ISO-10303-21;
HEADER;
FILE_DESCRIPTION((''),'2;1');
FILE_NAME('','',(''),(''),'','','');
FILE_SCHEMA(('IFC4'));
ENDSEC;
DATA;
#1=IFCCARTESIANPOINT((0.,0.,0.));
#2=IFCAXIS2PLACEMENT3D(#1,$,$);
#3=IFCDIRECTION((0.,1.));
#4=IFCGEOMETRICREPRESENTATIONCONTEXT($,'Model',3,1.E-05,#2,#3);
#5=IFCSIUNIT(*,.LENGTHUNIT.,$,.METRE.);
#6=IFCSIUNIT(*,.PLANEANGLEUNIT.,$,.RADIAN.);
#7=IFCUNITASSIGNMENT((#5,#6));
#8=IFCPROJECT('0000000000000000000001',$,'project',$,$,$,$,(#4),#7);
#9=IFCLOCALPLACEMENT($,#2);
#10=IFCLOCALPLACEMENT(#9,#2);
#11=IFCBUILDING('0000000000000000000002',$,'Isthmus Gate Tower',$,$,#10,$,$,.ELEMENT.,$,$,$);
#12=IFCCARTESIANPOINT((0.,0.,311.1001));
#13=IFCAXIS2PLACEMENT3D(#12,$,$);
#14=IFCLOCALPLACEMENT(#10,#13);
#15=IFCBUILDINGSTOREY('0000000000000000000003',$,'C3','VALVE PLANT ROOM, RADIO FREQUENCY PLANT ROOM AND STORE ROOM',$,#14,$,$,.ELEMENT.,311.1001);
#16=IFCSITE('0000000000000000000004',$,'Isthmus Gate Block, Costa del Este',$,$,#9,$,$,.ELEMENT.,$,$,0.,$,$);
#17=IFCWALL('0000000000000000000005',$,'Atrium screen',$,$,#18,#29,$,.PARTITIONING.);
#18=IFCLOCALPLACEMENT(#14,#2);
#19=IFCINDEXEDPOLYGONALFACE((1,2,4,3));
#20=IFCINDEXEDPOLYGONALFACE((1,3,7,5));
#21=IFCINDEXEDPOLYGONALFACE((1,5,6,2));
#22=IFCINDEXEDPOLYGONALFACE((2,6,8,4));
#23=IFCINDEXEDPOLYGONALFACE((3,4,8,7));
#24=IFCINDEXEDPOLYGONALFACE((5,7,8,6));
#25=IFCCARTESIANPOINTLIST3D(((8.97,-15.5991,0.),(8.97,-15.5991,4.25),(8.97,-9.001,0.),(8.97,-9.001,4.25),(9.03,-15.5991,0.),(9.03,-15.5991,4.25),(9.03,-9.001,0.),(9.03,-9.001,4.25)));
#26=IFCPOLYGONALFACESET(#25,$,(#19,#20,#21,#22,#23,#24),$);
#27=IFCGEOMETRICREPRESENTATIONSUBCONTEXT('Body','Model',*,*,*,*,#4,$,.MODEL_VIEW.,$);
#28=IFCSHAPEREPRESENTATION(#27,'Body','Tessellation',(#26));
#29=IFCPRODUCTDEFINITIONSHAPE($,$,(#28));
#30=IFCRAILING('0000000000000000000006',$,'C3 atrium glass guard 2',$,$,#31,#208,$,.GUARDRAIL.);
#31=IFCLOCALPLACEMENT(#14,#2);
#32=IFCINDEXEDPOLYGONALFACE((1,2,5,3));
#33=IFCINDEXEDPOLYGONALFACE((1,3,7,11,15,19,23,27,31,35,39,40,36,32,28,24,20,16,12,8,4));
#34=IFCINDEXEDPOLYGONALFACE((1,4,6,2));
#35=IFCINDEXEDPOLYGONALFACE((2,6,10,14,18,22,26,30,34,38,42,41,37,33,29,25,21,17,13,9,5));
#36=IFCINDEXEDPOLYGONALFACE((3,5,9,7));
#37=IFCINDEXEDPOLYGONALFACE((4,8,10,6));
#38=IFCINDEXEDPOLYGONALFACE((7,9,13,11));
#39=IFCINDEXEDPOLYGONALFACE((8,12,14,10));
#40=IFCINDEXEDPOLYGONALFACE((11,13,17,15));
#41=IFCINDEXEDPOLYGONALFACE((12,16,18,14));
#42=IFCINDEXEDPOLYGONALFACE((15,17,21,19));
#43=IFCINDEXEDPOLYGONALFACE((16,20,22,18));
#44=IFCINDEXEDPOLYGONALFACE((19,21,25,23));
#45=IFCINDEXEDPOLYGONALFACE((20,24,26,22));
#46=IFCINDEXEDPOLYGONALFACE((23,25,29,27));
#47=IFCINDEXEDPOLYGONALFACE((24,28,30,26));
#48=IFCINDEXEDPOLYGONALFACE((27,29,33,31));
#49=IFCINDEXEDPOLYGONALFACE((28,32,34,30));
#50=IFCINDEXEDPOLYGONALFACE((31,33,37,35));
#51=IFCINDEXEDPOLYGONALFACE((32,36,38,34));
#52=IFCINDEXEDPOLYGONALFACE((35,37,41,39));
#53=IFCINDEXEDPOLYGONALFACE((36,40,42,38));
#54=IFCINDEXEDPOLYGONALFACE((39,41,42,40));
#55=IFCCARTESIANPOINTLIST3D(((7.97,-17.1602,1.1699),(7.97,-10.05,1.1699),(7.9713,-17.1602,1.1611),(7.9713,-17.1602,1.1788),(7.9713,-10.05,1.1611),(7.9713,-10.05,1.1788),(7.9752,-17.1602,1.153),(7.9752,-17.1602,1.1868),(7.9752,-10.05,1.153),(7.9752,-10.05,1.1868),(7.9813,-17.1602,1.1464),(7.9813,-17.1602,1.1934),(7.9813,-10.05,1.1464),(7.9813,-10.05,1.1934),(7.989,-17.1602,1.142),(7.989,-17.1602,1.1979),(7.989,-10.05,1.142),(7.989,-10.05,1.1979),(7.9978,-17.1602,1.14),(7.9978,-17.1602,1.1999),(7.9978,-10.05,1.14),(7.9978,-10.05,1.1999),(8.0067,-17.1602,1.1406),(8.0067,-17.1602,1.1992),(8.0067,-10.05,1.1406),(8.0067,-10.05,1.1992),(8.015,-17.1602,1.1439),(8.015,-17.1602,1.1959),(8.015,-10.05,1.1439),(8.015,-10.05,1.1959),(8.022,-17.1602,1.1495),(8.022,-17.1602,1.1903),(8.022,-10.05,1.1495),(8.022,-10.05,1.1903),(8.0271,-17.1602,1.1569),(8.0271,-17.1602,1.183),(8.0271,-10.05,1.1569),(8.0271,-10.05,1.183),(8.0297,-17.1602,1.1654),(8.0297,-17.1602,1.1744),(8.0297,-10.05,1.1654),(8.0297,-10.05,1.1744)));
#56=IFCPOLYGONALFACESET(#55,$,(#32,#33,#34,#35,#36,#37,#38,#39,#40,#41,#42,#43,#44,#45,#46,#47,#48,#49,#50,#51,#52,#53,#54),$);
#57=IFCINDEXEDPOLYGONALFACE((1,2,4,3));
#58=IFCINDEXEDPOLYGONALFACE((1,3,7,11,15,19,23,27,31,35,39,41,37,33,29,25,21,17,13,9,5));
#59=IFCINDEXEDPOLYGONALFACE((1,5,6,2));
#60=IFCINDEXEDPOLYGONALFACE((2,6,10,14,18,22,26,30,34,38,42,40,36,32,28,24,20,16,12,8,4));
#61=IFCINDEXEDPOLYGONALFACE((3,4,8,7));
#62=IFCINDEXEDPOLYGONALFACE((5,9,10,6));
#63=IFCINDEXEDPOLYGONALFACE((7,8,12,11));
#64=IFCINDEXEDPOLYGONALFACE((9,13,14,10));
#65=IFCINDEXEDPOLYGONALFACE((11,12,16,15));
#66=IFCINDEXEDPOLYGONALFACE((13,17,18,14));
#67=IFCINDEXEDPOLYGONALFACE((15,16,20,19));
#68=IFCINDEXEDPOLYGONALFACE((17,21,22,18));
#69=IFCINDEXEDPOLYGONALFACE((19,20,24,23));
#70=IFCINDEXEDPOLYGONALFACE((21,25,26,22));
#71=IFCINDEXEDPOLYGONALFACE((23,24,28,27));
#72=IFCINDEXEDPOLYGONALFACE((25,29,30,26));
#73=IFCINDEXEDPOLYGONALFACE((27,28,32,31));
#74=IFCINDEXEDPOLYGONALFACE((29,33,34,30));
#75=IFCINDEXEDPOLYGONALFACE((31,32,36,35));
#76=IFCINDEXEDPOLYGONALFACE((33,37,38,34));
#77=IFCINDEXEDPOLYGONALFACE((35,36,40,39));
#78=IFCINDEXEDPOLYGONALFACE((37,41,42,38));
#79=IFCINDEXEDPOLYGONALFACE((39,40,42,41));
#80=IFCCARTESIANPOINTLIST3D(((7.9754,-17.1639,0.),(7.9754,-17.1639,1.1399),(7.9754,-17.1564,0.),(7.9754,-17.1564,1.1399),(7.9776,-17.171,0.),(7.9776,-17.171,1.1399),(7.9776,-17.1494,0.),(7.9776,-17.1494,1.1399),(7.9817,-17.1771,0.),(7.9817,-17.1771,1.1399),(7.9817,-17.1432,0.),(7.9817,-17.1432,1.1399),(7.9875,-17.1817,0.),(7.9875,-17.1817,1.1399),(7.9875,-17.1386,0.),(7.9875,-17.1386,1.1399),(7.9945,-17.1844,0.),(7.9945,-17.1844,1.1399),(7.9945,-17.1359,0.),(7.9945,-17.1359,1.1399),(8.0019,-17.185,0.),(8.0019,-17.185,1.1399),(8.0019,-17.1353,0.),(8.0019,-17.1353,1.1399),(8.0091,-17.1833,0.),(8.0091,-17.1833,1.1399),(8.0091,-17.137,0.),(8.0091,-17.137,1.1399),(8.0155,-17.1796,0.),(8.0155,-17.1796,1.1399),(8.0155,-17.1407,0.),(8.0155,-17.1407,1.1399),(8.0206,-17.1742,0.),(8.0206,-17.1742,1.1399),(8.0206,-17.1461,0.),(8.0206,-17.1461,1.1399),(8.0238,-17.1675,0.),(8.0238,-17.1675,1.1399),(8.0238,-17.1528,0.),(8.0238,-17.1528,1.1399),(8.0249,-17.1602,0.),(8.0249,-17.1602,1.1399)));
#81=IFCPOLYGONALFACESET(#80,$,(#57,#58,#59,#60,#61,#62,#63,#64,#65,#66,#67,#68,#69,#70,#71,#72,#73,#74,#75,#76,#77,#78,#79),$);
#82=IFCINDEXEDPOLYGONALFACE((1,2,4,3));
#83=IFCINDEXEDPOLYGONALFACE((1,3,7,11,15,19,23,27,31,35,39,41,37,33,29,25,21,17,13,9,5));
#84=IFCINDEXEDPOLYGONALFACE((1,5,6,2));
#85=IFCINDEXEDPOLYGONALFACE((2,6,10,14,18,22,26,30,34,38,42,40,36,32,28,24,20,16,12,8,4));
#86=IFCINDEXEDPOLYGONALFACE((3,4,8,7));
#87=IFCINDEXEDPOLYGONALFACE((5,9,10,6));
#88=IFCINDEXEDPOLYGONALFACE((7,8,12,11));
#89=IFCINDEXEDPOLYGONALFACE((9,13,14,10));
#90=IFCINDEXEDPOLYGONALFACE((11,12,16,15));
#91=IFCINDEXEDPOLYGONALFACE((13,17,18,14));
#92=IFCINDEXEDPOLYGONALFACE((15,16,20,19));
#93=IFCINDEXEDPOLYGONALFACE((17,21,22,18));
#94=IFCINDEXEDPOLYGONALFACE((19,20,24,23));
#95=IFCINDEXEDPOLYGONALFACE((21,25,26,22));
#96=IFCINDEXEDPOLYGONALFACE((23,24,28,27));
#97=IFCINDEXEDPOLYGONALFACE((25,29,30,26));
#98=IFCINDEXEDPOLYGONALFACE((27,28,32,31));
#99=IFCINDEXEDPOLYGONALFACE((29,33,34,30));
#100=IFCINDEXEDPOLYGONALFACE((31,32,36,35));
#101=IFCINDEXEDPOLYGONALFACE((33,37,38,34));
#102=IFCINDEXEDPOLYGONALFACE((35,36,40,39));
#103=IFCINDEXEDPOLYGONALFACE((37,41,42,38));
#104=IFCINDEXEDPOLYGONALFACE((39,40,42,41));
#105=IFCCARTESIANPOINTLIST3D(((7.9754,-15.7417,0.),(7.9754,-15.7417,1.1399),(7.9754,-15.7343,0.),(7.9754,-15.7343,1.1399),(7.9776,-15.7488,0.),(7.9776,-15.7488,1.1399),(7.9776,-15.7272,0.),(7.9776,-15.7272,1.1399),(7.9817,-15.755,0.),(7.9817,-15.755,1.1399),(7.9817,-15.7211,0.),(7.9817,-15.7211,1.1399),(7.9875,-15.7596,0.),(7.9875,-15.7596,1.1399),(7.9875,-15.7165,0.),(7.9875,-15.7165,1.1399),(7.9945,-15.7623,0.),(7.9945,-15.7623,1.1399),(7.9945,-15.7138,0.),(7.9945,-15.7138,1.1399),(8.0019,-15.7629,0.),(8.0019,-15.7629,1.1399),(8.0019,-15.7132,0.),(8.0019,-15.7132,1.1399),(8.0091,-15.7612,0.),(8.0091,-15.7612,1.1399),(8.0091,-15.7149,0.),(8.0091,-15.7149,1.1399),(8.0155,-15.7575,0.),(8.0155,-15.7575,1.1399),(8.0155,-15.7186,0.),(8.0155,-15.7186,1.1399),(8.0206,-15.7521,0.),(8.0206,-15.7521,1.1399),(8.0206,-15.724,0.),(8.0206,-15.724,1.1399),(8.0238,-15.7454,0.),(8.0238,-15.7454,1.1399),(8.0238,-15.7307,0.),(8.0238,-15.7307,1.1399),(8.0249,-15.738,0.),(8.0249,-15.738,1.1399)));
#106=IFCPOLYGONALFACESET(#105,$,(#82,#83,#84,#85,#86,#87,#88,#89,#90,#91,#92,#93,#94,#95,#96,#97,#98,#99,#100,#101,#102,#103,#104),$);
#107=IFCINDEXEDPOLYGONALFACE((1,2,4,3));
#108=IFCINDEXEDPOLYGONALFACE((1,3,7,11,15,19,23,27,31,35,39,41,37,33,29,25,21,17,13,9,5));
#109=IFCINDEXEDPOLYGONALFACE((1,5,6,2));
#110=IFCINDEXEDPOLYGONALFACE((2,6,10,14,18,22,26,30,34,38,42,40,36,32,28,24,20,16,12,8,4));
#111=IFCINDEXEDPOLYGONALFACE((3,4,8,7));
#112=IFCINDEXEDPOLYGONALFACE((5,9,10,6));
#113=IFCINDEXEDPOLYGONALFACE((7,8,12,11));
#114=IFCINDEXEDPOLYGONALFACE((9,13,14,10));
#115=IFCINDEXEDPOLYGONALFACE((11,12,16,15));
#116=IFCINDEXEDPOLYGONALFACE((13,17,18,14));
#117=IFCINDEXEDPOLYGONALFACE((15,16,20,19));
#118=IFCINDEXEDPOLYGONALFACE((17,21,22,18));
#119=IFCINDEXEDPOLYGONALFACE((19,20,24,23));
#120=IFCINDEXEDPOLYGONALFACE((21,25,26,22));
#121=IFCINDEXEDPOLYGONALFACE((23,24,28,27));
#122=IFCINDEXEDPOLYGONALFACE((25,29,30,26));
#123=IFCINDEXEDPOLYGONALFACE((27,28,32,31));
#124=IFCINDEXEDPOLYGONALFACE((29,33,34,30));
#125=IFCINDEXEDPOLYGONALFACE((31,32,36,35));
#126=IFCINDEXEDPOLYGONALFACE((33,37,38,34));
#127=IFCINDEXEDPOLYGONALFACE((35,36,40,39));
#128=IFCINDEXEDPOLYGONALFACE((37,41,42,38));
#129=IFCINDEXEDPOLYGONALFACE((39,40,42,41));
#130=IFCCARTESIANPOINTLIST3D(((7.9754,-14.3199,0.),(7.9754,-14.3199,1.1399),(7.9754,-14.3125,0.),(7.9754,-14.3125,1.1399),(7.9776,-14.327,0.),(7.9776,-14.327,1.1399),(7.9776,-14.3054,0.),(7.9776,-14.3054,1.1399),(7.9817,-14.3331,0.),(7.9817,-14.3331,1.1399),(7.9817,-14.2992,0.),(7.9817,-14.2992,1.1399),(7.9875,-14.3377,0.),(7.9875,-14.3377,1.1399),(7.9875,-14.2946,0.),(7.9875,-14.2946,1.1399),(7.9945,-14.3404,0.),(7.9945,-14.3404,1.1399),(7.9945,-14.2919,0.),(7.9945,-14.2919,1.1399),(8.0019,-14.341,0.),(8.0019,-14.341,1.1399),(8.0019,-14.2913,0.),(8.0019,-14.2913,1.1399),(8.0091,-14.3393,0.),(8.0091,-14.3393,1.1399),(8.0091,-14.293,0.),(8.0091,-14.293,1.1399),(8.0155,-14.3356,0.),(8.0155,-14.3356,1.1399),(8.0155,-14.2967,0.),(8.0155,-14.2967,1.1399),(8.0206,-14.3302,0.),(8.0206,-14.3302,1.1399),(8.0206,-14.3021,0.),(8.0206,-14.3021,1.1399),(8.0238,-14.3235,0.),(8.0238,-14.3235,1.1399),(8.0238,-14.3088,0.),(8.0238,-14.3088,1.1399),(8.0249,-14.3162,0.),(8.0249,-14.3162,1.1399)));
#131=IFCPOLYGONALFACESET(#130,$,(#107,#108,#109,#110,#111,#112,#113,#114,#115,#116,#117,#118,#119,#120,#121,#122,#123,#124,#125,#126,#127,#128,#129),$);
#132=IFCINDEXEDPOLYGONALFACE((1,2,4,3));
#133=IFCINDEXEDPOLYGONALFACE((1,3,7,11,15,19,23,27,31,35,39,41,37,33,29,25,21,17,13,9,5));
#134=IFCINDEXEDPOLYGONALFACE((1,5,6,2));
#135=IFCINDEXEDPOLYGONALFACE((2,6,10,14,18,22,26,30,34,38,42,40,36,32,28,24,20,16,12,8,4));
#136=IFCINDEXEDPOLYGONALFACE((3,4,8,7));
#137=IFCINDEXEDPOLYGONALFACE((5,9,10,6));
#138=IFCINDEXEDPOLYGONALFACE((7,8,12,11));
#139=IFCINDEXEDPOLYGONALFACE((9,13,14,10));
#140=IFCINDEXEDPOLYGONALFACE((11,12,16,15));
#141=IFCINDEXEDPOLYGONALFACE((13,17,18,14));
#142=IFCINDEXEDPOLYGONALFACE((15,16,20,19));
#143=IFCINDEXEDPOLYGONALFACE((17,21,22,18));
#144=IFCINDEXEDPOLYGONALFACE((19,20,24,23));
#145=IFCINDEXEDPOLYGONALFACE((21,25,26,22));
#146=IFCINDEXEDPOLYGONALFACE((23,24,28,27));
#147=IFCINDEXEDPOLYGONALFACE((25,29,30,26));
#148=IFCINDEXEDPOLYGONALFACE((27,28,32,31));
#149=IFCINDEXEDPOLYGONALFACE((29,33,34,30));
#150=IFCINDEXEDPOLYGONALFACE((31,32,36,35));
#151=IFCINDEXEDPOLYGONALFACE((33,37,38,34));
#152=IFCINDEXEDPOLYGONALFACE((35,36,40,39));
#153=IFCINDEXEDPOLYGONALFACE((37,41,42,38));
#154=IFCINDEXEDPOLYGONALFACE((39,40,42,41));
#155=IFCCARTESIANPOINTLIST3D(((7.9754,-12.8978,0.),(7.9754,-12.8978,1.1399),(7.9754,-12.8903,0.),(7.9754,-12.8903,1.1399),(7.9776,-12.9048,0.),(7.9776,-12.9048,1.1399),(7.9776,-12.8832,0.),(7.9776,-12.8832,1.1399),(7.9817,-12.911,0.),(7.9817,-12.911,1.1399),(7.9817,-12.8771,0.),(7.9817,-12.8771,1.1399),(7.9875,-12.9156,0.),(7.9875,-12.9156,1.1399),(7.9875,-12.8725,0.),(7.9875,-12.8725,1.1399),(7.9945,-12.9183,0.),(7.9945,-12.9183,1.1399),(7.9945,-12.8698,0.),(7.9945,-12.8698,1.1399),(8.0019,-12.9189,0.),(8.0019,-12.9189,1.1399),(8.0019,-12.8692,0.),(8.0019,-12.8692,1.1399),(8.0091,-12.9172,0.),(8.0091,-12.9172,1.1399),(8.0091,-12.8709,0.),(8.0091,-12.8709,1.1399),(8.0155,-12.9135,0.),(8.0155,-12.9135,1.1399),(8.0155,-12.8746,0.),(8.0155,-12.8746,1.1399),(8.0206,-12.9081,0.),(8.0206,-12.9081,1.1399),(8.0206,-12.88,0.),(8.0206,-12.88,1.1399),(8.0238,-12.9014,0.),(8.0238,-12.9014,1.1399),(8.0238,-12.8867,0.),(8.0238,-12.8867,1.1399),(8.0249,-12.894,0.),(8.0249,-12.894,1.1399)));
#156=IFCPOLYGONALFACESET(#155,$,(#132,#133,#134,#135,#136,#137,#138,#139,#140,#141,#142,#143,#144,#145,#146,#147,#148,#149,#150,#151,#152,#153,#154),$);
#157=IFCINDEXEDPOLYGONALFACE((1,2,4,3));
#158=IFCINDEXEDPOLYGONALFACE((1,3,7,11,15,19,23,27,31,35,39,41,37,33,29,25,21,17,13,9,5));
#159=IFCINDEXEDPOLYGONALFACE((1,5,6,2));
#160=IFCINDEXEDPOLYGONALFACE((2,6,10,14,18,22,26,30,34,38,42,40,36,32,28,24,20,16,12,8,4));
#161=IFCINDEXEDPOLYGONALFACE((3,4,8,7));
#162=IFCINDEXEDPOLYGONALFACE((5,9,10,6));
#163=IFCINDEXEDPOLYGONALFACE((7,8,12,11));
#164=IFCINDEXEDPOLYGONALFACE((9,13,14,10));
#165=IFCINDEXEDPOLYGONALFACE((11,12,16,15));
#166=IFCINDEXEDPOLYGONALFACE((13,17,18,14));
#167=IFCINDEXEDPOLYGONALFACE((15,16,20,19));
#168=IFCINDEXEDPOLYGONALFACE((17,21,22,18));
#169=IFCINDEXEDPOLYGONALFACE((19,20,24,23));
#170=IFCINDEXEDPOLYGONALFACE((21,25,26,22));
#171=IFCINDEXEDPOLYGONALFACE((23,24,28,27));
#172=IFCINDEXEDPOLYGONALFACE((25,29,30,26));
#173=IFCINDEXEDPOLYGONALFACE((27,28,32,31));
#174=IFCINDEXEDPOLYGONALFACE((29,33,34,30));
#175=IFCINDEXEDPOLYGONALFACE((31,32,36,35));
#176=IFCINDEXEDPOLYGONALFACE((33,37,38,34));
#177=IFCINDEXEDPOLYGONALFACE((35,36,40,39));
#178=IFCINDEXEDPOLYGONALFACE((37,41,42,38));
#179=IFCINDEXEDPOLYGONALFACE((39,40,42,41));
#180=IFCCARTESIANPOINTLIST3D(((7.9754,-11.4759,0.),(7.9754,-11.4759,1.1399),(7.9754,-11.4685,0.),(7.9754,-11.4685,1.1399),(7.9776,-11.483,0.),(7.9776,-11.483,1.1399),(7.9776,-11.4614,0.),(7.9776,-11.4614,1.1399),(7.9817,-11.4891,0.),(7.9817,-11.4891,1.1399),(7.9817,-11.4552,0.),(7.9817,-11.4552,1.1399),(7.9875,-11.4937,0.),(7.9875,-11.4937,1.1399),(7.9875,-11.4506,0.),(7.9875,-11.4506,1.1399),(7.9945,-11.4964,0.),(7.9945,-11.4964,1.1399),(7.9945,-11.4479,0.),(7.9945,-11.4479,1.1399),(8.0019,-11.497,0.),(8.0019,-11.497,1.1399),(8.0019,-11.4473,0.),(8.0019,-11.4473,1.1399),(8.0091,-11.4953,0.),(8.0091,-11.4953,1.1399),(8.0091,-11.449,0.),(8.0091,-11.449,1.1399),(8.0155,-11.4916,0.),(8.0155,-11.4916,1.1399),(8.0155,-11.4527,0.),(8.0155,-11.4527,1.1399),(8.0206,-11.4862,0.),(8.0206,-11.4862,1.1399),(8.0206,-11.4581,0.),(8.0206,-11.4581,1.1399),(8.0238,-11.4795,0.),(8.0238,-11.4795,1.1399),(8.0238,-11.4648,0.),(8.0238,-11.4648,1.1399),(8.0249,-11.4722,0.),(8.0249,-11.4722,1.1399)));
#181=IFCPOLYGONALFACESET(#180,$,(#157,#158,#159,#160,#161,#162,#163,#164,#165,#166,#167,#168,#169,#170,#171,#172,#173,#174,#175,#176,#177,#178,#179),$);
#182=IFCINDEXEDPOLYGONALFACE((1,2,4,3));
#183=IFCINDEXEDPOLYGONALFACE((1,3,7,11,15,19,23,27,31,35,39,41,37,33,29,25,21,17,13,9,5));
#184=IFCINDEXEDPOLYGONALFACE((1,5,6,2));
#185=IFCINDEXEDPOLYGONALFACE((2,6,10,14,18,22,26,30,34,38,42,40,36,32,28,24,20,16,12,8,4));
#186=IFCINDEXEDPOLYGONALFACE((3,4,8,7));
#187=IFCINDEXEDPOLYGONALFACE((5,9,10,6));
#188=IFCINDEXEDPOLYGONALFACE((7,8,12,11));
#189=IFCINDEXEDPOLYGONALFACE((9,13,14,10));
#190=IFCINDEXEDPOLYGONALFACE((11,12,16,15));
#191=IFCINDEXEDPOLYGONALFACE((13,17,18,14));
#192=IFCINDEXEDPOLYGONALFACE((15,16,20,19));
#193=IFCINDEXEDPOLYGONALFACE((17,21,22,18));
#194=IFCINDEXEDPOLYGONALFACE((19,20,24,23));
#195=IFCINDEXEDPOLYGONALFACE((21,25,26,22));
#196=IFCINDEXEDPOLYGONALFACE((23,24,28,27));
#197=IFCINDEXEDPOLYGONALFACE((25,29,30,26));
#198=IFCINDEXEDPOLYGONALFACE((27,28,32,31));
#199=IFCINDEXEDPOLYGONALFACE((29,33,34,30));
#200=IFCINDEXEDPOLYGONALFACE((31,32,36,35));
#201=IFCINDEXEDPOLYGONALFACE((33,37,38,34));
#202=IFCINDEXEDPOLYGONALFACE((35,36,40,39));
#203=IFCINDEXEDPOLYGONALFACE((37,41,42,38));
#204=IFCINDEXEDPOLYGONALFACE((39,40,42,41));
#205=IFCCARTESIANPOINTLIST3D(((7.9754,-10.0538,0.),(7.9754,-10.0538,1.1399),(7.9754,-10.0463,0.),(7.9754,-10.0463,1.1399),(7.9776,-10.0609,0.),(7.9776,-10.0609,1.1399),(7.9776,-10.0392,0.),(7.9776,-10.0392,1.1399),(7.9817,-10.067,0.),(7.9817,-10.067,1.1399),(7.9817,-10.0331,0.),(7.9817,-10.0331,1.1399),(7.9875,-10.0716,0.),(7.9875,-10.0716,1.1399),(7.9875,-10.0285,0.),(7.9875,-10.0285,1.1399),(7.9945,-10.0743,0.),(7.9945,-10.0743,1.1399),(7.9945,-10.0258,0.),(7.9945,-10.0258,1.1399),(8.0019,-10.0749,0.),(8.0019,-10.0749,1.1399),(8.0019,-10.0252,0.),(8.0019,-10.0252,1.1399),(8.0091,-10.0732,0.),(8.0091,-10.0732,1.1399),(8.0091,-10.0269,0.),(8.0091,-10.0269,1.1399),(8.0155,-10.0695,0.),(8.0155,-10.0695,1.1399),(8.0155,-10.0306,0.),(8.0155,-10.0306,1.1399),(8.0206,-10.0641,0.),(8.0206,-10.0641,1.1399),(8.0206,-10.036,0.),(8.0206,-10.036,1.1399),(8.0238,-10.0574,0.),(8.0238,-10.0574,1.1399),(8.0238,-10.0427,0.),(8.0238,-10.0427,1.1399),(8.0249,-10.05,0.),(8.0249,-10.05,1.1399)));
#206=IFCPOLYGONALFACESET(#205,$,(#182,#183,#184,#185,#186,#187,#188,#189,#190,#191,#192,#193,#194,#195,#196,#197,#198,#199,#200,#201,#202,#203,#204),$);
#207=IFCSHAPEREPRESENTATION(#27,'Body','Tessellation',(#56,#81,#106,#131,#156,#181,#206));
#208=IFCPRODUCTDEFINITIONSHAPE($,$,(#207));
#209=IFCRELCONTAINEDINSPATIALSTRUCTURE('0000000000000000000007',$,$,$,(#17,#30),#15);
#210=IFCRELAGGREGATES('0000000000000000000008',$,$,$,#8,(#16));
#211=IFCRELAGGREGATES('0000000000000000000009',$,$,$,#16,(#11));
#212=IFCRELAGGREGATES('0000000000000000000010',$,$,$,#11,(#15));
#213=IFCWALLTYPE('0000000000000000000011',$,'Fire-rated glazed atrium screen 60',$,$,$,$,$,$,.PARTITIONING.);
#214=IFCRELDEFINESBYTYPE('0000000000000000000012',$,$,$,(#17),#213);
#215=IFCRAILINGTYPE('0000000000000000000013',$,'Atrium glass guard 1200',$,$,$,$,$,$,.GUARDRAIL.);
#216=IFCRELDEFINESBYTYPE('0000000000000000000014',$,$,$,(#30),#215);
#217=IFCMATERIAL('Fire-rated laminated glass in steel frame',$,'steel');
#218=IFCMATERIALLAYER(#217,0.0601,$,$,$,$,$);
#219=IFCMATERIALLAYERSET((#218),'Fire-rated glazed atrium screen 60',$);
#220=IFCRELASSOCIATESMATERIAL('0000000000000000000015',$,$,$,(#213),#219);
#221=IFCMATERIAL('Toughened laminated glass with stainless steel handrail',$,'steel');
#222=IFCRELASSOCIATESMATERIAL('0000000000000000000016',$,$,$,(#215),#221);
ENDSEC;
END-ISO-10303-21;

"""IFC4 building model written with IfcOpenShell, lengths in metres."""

from ifc_helpers import new_model, si_unit, direction, frame, frame_2d, origin, origin_2d, place, context, subcontext, project, spatial, rectangle, circle, extrude, material, layer, layer_set, type_object, element, save


model = new_model("IFC4")

# Units and contexts
model_context = context("Model", 3, precision=1e-05, world=origin(), true_north=direction((0.0, 1.0)))
body_context = subcontext(model_context, "Body", "Model", "MODEL_VIEW")
ifc_project = project(units=[si_unit("LENGTHUNIT", "METRE"), si_unit("PLANEANGLEUNIT", "RADIAN")], contexts=[model_context])

# Site, building, storey
site_placement = place(None, origin())
site = spatial("IfcSite", under=ifc_project, at=site_placement, Name="Isthmus Gate Block, Costa del Este", CompositionType="ELEMENT", RefElevation=0.0)
building_placement = place(site_placement, origin())
building = spatial("IfcBuilding", under=site, at=building_placement, Name="Isthmus Gate Tower", CompositionType="ELEMENT")
storey_placement = place(building_placement, frame((0.0, 0.0, 311.1001)))
storey = spatial("IfcBuildingStorey", under=building, at=storey_placement, Name="C3", Description="VALVE PLANT ROOM, RADIO FREQUENCY PLANT ROOM AND STORE ROOM", CompositionType="ELEMENT", Elevation=311.1001)

# Wall
ifc_material_1 = material(Name="Fire-rated laminated glass in steel frame", Category="steel")
ifc_layer_1 = layer(ifc_material_1, 0.0601)
ifc_layer_set_1 = layer_set([ifc_layer_1], Name="Fire-rated glazed atrium screen 60")
wall_type_1 = type_object("IfcWallType", Name="Fire-rated glazed atrium screen 60", PredefinedType="PARTITIONING", material=ifc_layer_set_1)
wall_1_placement = place(storey_placement, frame((9.0, -15.5991, 0.0), z_axis=(0.0, 0.0, 1.0), x_axis=(0.0, 1.0, 0.0)))
element("IfcWall", 1, at=wall_1_placement, inside=storey, type_object=wall_type_1, Name="Atrium screen", PredefinedType="PARTITIONING", context=body_context, shape_type="SweptSolid", body=[
    extrude(rectangle(XDim=6.5981, YDim=0.0601, at=frame_2d((3.2991, 0.0))), origin(), (0.0, 0.0, 1.0), 4.25),
])

# Railing
ifc_material_2 = material(Name="Toughened laminated glass with stainless steel handrail", Category="steel")
railing_type = type_object("IfcRailingType", Name="Atrium glass guard 1200", PredefinedType="GUARDRAIL", material=ifc_material_2)
railing_1_placement = place(storey_placement, frame((8.0, -17.1602, 0.0)))
element("IfcRailing", 2, at=railing_1_placement, inside=storey, type_object=railing_type, Name="C3 atrium glass guard 2", PredefinedType="GUARDRAIL", context=body_context, shape_type="SweptSolid", body=[
    extrude(circle(Radius=0.03, at=origin_2d()), frame((0.0, 0.0, 1.1699), z_axis=(0.0, 1.0, 0.0), x_axis=(-1.0, 0.0, 0.0)), (0.0, 0.0, 1.0), 7.1101),
    extrude(circle(Radius=0.0249, at=origin_2d()), origin(), (0.0, 0.0, 1.0), 1.1399),
    extrude(circle(Radius=0.0249, at=origin_2d()), frame((0.0, 1.4221, 0.0)), (0.0, 0.0, 1.0), 1.1399),
    extrude(circle(Radius=0.0249, at=origin_2d()), frame((0.0, 2.844, 0.0)), (0.0, 0.0, 1.0), 1.1399),
    extrude(circle(Radius=0.0249, at=origin_2d()), frame((0.0, 4.2661, 0.0)), (0.0, 0.0, 1.0), 1.1399),
    extrude(circle(Radius=0.0249, at=origin_2d()), frame((0.0, 5.688, 0.0)), (0.0, 0.0, 1.0), 1.1399),
    extrude(circle(Radius=0.0249, at=origin_2d()), frame((0.0, 7.1101, 0.0)), (0.0, 0.0, 1.0), 1.1399),
])

save(model, "model.ifc")
